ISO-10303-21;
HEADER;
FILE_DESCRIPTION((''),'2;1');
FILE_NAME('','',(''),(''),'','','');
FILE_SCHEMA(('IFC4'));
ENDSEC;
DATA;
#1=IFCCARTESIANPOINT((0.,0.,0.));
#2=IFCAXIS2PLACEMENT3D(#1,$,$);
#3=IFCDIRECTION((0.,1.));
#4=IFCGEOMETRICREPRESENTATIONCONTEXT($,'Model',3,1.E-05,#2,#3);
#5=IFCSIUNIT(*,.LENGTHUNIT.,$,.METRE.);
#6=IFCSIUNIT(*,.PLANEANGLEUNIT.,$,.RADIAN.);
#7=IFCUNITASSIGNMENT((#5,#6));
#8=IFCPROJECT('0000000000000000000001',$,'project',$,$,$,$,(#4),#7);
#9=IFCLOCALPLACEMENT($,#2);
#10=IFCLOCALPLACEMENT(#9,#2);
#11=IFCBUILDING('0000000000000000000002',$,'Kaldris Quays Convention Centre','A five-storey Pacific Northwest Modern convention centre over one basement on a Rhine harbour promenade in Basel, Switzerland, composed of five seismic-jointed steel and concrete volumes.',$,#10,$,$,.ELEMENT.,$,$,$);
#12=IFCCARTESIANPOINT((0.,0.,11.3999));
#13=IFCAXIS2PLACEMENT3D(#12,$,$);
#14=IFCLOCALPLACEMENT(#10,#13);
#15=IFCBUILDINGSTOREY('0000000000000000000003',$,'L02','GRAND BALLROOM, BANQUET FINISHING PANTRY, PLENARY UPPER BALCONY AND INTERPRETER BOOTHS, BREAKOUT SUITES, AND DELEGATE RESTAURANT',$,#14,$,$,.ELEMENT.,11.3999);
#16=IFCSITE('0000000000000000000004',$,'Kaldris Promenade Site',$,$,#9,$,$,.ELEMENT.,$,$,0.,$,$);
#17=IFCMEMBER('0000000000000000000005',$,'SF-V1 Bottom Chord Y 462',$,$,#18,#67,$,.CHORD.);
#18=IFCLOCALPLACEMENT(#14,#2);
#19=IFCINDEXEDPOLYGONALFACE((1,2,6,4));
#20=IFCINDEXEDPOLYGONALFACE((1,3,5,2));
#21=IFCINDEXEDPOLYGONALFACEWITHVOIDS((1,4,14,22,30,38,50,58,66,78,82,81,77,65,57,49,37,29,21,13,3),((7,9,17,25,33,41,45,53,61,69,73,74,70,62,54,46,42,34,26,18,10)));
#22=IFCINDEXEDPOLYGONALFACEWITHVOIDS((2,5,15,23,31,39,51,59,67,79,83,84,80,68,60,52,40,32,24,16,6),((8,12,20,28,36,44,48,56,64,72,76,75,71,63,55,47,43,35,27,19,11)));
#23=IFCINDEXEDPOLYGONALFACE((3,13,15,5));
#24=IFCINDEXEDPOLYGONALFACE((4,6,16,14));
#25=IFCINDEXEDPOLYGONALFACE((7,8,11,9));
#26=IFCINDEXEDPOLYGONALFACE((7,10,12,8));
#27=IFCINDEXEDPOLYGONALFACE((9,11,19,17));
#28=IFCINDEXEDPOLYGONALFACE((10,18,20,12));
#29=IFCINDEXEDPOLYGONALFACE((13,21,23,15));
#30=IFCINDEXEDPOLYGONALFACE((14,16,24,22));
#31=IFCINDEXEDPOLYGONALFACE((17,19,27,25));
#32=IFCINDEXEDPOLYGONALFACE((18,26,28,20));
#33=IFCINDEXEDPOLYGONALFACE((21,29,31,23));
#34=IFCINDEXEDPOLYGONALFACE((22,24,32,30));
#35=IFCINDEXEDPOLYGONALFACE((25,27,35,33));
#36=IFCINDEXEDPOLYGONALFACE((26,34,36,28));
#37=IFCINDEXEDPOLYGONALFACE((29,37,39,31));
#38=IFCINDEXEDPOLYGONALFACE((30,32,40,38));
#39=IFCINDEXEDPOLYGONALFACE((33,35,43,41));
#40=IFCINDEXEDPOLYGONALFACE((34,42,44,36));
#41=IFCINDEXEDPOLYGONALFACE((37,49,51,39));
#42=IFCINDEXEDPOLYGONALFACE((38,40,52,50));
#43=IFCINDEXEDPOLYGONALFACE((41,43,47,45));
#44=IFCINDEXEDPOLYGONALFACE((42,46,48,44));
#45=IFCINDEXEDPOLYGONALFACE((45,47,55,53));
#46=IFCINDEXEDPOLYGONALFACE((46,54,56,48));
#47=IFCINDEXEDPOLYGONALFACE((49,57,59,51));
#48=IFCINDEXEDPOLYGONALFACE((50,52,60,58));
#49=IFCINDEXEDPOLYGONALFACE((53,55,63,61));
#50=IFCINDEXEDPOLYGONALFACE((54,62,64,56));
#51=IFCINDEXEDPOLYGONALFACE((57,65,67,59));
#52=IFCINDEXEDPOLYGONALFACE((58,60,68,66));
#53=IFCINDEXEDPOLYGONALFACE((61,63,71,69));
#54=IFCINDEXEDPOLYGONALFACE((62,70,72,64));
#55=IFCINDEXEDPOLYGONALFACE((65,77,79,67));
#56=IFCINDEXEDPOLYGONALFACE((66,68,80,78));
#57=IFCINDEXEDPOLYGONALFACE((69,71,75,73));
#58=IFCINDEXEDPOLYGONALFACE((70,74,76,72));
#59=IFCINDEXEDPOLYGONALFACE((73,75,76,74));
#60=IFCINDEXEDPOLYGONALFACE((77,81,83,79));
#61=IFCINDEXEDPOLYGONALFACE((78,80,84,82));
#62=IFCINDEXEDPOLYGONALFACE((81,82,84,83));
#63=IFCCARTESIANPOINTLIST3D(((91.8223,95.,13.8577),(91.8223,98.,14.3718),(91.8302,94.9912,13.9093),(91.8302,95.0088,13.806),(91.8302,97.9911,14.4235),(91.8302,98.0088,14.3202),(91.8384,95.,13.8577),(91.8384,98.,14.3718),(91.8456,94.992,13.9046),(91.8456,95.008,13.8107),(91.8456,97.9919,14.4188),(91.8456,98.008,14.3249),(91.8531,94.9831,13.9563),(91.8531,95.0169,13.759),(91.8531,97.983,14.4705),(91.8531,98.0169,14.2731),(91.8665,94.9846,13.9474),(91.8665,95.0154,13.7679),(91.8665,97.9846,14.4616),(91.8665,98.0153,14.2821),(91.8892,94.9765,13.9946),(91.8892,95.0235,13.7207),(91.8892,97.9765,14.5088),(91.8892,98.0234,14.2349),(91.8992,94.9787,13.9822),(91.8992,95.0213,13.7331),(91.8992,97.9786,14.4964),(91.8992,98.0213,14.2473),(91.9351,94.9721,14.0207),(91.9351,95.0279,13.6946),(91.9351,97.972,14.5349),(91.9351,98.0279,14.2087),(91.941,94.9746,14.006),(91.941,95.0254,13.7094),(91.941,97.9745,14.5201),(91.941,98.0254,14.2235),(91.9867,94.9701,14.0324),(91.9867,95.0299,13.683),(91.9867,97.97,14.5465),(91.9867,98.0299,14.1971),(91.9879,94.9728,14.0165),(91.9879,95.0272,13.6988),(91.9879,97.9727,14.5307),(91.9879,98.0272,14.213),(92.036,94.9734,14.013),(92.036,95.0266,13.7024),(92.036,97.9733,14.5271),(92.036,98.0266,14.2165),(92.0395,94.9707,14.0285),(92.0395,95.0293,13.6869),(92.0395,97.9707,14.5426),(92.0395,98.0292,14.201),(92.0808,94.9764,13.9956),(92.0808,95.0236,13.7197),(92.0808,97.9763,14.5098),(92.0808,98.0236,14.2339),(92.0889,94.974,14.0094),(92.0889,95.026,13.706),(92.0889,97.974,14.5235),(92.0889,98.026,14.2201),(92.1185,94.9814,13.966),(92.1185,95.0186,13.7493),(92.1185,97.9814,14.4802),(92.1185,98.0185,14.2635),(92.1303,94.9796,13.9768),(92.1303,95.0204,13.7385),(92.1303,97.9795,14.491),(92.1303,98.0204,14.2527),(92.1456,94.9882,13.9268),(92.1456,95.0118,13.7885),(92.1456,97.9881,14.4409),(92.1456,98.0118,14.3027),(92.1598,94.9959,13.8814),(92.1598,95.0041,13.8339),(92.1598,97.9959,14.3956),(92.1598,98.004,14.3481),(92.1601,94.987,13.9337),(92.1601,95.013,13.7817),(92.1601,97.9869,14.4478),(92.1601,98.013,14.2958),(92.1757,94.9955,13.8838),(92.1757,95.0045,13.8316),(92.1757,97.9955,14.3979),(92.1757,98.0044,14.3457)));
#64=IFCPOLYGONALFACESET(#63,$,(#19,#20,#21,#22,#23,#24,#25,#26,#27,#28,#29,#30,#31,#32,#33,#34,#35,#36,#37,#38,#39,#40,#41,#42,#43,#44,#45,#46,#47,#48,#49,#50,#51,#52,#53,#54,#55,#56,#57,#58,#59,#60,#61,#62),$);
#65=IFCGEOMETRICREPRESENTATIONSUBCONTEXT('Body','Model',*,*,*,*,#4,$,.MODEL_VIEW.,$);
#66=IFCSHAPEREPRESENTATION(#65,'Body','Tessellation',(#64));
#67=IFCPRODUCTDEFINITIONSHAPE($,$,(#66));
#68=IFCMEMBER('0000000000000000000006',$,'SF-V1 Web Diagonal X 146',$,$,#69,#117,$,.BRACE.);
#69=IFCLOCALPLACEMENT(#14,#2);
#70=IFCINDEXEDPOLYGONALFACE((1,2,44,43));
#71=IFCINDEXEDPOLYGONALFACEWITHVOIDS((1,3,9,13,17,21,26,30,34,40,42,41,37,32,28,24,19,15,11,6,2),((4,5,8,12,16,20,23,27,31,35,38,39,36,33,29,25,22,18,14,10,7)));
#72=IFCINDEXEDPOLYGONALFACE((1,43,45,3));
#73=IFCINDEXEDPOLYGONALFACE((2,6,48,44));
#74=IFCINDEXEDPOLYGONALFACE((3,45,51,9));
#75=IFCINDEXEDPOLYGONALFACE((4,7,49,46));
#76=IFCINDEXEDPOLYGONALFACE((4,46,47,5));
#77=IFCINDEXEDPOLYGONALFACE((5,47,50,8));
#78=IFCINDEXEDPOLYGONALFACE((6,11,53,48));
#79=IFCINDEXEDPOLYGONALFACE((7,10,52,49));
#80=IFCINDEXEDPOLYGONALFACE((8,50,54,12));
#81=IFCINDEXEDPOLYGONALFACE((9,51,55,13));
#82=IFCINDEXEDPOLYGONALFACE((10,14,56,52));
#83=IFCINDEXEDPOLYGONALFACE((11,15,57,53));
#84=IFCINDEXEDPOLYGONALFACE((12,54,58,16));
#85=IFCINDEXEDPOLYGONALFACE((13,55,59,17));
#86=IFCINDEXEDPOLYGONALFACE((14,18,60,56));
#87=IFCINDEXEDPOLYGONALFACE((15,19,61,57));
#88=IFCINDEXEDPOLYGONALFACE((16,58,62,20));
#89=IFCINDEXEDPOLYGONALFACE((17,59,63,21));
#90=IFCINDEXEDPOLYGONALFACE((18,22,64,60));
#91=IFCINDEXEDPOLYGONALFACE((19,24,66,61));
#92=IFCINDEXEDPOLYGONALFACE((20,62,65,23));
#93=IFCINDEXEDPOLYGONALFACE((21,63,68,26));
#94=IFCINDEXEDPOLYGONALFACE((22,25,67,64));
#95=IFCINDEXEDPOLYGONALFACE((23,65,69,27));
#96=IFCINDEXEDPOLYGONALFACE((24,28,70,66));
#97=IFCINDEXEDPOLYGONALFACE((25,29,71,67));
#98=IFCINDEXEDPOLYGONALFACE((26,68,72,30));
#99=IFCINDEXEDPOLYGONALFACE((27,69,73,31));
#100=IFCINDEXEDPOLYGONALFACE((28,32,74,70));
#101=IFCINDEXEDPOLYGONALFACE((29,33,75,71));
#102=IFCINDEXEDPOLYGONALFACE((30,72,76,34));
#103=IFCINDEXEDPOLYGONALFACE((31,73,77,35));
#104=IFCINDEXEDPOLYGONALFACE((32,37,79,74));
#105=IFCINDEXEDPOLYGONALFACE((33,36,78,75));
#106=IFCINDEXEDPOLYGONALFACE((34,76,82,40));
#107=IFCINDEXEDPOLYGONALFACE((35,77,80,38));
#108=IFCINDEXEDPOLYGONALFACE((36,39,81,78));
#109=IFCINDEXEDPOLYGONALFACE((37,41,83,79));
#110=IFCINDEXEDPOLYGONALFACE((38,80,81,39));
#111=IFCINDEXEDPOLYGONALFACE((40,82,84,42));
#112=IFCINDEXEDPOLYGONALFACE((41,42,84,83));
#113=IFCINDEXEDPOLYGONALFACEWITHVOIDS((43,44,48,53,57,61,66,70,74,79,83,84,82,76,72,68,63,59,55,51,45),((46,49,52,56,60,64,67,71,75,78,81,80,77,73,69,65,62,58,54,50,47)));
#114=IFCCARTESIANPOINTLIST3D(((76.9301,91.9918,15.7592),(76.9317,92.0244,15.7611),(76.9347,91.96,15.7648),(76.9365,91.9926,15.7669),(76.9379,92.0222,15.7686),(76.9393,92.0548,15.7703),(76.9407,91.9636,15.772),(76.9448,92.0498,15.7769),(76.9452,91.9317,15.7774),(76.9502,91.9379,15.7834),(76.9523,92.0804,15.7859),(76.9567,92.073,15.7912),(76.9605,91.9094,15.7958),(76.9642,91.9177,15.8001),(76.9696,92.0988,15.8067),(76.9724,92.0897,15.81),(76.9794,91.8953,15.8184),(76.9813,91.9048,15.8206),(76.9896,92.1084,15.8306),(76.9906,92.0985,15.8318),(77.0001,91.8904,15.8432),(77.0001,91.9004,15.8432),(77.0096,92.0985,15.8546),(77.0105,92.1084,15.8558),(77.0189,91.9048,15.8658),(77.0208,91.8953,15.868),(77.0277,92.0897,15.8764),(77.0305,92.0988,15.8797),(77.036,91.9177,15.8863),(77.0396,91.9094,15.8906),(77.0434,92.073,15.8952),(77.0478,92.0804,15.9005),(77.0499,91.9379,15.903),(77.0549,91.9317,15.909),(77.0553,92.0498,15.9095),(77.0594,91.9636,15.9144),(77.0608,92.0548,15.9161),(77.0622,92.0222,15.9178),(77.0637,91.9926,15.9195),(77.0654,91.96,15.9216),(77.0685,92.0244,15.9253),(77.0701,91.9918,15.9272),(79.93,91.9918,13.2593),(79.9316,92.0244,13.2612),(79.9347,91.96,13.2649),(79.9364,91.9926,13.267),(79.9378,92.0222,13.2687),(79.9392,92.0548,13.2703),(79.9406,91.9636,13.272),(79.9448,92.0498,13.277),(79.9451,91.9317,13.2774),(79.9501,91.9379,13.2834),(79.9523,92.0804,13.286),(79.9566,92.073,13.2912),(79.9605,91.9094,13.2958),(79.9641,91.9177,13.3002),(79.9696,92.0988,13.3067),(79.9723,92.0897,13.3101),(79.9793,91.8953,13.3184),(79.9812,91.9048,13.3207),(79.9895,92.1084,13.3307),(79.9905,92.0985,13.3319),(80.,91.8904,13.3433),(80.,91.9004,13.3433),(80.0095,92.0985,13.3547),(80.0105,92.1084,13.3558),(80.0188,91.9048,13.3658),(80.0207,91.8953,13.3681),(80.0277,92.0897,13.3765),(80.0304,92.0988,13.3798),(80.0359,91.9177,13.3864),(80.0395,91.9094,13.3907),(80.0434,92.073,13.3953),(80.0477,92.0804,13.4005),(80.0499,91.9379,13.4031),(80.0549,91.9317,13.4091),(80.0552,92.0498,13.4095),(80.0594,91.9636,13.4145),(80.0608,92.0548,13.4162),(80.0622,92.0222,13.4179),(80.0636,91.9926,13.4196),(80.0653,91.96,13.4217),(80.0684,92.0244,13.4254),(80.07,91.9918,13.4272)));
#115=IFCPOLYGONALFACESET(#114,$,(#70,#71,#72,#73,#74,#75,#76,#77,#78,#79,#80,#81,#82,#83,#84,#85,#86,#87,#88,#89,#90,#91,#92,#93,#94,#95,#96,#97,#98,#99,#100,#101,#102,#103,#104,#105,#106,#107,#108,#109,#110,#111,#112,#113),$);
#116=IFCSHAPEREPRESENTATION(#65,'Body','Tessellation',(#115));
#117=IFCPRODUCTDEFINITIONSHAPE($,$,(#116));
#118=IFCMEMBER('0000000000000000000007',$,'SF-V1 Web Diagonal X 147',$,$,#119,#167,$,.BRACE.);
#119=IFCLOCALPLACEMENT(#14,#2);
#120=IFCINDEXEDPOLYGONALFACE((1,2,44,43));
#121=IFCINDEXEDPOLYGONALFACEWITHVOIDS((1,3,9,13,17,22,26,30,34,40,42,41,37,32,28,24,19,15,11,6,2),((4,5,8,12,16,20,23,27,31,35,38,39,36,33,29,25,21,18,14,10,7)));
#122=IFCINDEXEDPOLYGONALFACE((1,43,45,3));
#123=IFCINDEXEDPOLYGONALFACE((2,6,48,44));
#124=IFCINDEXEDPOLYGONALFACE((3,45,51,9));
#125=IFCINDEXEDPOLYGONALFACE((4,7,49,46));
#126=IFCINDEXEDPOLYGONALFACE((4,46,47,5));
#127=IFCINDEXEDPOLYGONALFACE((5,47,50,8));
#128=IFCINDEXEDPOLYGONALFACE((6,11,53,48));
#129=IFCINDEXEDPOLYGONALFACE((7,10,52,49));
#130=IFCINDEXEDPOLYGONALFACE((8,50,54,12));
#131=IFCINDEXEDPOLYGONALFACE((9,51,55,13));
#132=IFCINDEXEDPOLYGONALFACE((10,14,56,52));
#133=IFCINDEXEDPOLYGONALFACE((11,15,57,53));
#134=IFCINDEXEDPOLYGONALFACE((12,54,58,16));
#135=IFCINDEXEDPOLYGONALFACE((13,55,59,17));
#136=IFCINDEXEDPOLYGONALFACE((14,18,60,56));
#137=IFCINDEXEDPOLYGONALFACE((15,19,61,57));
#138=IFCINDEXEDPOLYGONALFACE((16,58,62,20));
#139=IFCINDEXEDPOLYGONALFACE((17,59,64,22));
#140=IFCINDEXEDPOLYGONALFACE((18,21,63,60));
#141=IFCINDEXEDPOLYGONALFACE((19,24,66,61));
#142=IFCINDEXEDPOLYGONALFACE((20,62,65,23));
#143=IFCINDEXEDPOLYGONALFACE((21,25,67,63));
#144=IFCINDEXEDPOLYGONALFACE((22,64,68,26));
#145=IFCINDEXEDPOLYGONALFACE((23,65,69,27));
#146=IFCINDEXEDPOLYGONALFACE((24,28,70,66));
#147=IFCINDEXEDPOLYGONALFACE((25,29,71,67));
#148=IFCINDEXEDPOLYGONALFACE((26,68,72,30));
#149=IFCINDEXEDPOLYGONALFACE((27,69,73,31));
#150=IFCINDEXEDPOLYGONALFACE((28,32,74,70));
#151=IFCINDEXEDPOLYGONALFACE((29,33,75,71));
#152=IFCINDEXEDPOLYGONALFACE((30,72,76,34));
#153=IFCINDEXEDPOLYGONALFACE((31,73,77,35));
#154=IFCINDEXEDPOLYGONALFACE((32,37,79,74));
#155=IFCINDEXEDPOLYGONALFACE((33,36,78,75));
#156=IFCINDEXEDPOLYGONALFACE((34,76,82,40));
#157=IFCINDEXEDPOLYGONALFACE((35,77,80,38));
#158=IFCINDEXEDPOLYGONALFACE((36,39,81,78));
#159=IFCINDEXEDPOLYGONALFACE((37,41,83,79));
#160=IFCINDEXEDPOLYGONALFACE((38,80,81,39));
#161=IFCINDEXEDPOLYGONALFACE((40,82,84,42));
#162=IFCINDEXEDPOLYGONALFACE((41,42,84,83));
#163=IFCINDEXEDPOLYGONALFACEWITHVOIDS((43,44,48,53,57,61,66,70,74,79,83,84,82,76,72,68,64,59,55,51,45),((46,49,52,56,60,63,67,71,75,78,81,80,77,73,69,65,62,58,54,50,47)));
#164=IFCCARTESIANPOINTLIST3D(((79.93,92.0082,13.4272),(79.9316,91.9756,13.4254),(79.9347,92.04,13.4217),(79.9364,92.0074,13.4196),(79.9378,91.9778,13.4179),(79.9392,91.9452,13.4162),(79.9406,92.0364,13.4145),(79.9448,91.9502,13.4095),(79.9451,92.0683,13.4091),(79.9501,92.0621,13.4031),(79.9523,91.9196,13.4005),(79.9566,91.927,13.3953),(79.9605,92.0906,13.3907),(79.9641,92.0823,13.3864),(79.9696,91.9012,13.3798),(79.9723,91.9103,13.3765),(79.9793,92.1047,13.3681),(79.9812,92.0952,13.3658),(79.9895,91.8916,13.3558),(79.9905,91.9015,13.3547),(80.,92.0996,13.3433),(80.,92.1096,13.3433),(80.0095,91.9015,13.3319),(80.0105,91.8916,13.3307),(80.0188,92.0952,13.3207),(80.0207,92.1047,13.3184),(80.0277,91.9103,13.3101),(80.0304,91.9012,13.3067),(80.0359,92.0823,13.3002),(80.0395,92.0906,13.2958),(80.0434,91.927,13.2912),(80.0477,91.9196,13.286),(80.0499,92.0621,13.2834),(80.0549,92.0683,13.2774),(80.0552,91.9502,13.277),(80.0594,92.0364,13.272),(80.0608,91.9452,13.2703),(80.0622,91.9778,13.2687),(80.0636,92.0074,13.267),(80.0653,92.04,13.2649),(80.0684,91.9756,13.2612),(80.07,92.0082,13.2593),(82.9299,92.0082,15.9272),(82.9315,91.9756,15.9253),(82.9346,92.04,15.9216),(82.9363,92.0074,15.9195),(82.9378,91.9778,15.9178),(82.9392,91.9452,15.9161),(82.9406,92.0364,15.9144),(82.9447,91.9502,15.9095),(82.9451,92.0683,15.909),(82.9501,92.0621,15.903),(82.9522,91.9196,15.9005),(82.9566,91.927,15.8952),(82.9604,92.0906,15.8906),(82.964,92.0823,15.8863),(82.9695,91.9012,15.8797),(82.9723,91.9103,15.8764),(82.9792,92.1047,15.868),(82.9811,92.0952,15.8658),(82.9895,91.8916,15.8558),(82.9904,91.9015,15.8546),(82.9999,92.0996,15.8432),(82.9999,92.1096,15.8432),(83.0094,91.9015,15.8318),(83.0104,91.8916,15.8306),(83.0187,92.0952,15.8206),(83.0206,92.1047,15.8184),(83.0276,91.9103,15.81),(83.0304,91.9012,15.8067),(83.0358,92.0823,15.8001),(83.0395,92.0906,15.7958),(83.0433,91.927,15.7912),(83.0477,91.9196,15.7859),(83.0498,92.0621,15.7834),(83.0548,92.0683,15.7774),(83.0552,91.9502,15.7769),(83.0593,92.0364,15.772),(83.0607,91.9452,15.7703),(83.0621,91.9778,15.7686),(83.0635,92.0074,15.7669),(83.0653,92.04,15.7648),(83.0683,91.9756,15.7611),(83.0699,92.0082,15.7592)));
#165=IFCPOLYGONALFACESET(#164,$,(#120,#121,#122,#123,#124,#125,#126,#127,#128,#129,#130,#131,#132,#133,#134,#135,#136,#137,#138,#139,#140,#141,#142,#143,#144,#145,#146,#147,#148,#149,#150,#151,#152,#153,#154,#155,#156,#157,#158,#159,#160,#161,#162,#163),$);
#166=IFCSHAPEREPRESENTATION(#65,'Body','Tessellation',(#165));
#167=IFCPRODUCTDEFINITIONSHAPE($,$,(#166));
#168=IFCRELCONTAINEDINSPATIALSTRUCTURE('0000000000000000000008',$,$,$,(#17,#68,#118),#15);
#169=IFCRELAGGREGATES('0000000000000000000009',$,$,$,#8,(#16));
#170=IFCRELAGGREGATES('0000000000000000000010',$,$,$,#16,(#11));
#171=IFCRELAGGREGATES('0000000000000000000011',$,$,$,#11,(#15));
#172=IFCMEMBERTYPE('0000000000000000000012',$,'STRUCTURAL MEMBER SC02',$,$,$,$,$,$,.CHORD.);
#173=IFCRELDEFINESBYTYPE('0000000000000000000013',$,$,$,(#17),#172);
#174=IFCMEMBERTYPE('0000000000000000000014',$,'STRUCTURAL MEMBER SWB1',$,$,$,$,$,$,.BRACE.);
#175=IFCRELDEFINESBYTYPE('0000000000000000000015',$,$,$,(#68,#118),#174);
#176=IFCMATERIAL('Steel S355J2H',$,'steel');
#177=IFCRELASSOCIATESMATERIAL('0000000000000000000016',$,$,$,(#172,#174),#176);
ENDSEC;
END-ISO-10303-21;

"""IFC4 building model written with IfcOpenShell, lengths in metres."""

from ifc_helpers import new_model, si_unit, direction, frame, origin, origin_2d, place, context, subcontext, project, spatial, hollow_circle, extrude, material, material_profile, profile_set, type_object, element, save


model = new_model("IFC4")

# Units and contexts
model_context = context("Model", 3, precision=1e-05, world=origin(), true_north=direction((0.0, 1.0)))
body_context = subcontext(model_context, "Body", "Model", "MODEL_VIEW")
ifc_project = project(units=[si_unit("LENGTHUNIT", "METRE"), si_unit("PLANEANGLEUNIT", "RADIAN")], contexts=[model_context])

# Site, building, storey
site_placement = place(None, origin())
site = spatial("IfcSite", under=ifc_project, at=site_placement, Name="Kaldris Promenade Site", CompositionType="ELEMENT", RefElevation=0.0)
building_placement = place(site_placement, origin())
building = spatial("IfcBuilding", under=site, at=building_placement, Name="Kaldris Quays Convention Centre", Description="A five-storey Pacific Northwest Modern convention centre over one basement on a Rhine harbour promenade in Basel, Switzerland, composed of five seismic-jointed steel and concrete volumes.", CompositionType="ELEMENT")
storey_placement = place(building_placement, frame((0.0, 0.0, 11.3999)))
storey = spatial("IfcBuildingStorey", under=building, at=storey_placement, Name="L02", Description="GRAND BALLROOM, BANQUET FINISHING PANTRY, PLENARY UPPER BALCONY AND INTERPRETER BOOTHS, BREAKOUT SUITES, AND DELEGATE RESTAURANT", CompositionType="ELEMENT", Elevation=11.3999)

# Members
ifc_material_1 = material(Name="Steel S355J2H", Category="steel")
ifc_material_profile_1 = material_profile(ifc_material_1, hollow_circle(Radius=0.1777, WallThickness=0.0161, at=origin_2d()), Name="CHS 355.6x16")
ifc_profile_set_1 = profile_set([ifc_material_profile_1], Name="Steel S355J2H")
member_type_1 = type_object("IfcMemberType", Name="STRUCTURAL MEMBER SC02", PredefinedType="CHORD", material=ifc_profile_set_1)
for number, where, z_axis, x_axis, name in (
    (1, (92.0, 95.0, 13.8577), (0.0, 0.985629, 0.168924), (-1.0, 0.0, 0.0), "SF-V1 Bottom Chord Y 462"),
):
    element("IfcMember", number, at=place(storey_placement, frame(where, z_axis=z_axis, x_axis=x_axis)), inside=storey, type_object=member_type_1, Name=name, PredefinedType="CHORD", context=body_context, shape_type="SweptSolid", body=[
        extrude(hollow_circle(Radius=0.1777, WallThickness=0.0161, at=origin_2d()), origin(), (0.0, 0.0, 1.0), 3.0437),
    ])
ifc_material_profile_2 = material_profile(ifc_material_1, hollow_circle(Radius=0.1096, WallThickness=0.01, at=origin_2d()), Name="CHS 219.1x10")
ifc_profile_set_2 = profile_set([ifc_material_profile_2], Name="Steel S355J2H")
member_type_2 = type_object("IfcMemberType", Name="STRUCTURAL MEMBER SWB1", PredefinedType="BRACE", material=ifc_profile_set_2)
for number, where, z_axis, x_axis, name in (
    (2, (80.0, 92.0, 13.3433), (-0.768221, 0.0, 0.640184), (0.0, -1.0, 0.0), "SF-V1 Web Diagonal X 146"),
    (3, (80.0, 92.0, 13.3433), (0.768221, 0.0, 0.640184), (0.0, 1.0, 0.0), "SF-V1 Web Diagonal X 147"),
):
    element("IfcMember", number, at=place(storey_placement, frame(where, z_axis=z_axis, x_axis=x_axis)), inside=storey, type_object=member_type_2, Name=name, PredefinedType="BRACE", context=body_context, shape_type="SweptSolid", body=[
        extrude(hollow_circle(Radius=0.1096, WallThickness=0.01, at=origin_2d()), origin(), (0.0, 0.0, 1.0), 3.905),
    ])

save(model, "model.ifc")
